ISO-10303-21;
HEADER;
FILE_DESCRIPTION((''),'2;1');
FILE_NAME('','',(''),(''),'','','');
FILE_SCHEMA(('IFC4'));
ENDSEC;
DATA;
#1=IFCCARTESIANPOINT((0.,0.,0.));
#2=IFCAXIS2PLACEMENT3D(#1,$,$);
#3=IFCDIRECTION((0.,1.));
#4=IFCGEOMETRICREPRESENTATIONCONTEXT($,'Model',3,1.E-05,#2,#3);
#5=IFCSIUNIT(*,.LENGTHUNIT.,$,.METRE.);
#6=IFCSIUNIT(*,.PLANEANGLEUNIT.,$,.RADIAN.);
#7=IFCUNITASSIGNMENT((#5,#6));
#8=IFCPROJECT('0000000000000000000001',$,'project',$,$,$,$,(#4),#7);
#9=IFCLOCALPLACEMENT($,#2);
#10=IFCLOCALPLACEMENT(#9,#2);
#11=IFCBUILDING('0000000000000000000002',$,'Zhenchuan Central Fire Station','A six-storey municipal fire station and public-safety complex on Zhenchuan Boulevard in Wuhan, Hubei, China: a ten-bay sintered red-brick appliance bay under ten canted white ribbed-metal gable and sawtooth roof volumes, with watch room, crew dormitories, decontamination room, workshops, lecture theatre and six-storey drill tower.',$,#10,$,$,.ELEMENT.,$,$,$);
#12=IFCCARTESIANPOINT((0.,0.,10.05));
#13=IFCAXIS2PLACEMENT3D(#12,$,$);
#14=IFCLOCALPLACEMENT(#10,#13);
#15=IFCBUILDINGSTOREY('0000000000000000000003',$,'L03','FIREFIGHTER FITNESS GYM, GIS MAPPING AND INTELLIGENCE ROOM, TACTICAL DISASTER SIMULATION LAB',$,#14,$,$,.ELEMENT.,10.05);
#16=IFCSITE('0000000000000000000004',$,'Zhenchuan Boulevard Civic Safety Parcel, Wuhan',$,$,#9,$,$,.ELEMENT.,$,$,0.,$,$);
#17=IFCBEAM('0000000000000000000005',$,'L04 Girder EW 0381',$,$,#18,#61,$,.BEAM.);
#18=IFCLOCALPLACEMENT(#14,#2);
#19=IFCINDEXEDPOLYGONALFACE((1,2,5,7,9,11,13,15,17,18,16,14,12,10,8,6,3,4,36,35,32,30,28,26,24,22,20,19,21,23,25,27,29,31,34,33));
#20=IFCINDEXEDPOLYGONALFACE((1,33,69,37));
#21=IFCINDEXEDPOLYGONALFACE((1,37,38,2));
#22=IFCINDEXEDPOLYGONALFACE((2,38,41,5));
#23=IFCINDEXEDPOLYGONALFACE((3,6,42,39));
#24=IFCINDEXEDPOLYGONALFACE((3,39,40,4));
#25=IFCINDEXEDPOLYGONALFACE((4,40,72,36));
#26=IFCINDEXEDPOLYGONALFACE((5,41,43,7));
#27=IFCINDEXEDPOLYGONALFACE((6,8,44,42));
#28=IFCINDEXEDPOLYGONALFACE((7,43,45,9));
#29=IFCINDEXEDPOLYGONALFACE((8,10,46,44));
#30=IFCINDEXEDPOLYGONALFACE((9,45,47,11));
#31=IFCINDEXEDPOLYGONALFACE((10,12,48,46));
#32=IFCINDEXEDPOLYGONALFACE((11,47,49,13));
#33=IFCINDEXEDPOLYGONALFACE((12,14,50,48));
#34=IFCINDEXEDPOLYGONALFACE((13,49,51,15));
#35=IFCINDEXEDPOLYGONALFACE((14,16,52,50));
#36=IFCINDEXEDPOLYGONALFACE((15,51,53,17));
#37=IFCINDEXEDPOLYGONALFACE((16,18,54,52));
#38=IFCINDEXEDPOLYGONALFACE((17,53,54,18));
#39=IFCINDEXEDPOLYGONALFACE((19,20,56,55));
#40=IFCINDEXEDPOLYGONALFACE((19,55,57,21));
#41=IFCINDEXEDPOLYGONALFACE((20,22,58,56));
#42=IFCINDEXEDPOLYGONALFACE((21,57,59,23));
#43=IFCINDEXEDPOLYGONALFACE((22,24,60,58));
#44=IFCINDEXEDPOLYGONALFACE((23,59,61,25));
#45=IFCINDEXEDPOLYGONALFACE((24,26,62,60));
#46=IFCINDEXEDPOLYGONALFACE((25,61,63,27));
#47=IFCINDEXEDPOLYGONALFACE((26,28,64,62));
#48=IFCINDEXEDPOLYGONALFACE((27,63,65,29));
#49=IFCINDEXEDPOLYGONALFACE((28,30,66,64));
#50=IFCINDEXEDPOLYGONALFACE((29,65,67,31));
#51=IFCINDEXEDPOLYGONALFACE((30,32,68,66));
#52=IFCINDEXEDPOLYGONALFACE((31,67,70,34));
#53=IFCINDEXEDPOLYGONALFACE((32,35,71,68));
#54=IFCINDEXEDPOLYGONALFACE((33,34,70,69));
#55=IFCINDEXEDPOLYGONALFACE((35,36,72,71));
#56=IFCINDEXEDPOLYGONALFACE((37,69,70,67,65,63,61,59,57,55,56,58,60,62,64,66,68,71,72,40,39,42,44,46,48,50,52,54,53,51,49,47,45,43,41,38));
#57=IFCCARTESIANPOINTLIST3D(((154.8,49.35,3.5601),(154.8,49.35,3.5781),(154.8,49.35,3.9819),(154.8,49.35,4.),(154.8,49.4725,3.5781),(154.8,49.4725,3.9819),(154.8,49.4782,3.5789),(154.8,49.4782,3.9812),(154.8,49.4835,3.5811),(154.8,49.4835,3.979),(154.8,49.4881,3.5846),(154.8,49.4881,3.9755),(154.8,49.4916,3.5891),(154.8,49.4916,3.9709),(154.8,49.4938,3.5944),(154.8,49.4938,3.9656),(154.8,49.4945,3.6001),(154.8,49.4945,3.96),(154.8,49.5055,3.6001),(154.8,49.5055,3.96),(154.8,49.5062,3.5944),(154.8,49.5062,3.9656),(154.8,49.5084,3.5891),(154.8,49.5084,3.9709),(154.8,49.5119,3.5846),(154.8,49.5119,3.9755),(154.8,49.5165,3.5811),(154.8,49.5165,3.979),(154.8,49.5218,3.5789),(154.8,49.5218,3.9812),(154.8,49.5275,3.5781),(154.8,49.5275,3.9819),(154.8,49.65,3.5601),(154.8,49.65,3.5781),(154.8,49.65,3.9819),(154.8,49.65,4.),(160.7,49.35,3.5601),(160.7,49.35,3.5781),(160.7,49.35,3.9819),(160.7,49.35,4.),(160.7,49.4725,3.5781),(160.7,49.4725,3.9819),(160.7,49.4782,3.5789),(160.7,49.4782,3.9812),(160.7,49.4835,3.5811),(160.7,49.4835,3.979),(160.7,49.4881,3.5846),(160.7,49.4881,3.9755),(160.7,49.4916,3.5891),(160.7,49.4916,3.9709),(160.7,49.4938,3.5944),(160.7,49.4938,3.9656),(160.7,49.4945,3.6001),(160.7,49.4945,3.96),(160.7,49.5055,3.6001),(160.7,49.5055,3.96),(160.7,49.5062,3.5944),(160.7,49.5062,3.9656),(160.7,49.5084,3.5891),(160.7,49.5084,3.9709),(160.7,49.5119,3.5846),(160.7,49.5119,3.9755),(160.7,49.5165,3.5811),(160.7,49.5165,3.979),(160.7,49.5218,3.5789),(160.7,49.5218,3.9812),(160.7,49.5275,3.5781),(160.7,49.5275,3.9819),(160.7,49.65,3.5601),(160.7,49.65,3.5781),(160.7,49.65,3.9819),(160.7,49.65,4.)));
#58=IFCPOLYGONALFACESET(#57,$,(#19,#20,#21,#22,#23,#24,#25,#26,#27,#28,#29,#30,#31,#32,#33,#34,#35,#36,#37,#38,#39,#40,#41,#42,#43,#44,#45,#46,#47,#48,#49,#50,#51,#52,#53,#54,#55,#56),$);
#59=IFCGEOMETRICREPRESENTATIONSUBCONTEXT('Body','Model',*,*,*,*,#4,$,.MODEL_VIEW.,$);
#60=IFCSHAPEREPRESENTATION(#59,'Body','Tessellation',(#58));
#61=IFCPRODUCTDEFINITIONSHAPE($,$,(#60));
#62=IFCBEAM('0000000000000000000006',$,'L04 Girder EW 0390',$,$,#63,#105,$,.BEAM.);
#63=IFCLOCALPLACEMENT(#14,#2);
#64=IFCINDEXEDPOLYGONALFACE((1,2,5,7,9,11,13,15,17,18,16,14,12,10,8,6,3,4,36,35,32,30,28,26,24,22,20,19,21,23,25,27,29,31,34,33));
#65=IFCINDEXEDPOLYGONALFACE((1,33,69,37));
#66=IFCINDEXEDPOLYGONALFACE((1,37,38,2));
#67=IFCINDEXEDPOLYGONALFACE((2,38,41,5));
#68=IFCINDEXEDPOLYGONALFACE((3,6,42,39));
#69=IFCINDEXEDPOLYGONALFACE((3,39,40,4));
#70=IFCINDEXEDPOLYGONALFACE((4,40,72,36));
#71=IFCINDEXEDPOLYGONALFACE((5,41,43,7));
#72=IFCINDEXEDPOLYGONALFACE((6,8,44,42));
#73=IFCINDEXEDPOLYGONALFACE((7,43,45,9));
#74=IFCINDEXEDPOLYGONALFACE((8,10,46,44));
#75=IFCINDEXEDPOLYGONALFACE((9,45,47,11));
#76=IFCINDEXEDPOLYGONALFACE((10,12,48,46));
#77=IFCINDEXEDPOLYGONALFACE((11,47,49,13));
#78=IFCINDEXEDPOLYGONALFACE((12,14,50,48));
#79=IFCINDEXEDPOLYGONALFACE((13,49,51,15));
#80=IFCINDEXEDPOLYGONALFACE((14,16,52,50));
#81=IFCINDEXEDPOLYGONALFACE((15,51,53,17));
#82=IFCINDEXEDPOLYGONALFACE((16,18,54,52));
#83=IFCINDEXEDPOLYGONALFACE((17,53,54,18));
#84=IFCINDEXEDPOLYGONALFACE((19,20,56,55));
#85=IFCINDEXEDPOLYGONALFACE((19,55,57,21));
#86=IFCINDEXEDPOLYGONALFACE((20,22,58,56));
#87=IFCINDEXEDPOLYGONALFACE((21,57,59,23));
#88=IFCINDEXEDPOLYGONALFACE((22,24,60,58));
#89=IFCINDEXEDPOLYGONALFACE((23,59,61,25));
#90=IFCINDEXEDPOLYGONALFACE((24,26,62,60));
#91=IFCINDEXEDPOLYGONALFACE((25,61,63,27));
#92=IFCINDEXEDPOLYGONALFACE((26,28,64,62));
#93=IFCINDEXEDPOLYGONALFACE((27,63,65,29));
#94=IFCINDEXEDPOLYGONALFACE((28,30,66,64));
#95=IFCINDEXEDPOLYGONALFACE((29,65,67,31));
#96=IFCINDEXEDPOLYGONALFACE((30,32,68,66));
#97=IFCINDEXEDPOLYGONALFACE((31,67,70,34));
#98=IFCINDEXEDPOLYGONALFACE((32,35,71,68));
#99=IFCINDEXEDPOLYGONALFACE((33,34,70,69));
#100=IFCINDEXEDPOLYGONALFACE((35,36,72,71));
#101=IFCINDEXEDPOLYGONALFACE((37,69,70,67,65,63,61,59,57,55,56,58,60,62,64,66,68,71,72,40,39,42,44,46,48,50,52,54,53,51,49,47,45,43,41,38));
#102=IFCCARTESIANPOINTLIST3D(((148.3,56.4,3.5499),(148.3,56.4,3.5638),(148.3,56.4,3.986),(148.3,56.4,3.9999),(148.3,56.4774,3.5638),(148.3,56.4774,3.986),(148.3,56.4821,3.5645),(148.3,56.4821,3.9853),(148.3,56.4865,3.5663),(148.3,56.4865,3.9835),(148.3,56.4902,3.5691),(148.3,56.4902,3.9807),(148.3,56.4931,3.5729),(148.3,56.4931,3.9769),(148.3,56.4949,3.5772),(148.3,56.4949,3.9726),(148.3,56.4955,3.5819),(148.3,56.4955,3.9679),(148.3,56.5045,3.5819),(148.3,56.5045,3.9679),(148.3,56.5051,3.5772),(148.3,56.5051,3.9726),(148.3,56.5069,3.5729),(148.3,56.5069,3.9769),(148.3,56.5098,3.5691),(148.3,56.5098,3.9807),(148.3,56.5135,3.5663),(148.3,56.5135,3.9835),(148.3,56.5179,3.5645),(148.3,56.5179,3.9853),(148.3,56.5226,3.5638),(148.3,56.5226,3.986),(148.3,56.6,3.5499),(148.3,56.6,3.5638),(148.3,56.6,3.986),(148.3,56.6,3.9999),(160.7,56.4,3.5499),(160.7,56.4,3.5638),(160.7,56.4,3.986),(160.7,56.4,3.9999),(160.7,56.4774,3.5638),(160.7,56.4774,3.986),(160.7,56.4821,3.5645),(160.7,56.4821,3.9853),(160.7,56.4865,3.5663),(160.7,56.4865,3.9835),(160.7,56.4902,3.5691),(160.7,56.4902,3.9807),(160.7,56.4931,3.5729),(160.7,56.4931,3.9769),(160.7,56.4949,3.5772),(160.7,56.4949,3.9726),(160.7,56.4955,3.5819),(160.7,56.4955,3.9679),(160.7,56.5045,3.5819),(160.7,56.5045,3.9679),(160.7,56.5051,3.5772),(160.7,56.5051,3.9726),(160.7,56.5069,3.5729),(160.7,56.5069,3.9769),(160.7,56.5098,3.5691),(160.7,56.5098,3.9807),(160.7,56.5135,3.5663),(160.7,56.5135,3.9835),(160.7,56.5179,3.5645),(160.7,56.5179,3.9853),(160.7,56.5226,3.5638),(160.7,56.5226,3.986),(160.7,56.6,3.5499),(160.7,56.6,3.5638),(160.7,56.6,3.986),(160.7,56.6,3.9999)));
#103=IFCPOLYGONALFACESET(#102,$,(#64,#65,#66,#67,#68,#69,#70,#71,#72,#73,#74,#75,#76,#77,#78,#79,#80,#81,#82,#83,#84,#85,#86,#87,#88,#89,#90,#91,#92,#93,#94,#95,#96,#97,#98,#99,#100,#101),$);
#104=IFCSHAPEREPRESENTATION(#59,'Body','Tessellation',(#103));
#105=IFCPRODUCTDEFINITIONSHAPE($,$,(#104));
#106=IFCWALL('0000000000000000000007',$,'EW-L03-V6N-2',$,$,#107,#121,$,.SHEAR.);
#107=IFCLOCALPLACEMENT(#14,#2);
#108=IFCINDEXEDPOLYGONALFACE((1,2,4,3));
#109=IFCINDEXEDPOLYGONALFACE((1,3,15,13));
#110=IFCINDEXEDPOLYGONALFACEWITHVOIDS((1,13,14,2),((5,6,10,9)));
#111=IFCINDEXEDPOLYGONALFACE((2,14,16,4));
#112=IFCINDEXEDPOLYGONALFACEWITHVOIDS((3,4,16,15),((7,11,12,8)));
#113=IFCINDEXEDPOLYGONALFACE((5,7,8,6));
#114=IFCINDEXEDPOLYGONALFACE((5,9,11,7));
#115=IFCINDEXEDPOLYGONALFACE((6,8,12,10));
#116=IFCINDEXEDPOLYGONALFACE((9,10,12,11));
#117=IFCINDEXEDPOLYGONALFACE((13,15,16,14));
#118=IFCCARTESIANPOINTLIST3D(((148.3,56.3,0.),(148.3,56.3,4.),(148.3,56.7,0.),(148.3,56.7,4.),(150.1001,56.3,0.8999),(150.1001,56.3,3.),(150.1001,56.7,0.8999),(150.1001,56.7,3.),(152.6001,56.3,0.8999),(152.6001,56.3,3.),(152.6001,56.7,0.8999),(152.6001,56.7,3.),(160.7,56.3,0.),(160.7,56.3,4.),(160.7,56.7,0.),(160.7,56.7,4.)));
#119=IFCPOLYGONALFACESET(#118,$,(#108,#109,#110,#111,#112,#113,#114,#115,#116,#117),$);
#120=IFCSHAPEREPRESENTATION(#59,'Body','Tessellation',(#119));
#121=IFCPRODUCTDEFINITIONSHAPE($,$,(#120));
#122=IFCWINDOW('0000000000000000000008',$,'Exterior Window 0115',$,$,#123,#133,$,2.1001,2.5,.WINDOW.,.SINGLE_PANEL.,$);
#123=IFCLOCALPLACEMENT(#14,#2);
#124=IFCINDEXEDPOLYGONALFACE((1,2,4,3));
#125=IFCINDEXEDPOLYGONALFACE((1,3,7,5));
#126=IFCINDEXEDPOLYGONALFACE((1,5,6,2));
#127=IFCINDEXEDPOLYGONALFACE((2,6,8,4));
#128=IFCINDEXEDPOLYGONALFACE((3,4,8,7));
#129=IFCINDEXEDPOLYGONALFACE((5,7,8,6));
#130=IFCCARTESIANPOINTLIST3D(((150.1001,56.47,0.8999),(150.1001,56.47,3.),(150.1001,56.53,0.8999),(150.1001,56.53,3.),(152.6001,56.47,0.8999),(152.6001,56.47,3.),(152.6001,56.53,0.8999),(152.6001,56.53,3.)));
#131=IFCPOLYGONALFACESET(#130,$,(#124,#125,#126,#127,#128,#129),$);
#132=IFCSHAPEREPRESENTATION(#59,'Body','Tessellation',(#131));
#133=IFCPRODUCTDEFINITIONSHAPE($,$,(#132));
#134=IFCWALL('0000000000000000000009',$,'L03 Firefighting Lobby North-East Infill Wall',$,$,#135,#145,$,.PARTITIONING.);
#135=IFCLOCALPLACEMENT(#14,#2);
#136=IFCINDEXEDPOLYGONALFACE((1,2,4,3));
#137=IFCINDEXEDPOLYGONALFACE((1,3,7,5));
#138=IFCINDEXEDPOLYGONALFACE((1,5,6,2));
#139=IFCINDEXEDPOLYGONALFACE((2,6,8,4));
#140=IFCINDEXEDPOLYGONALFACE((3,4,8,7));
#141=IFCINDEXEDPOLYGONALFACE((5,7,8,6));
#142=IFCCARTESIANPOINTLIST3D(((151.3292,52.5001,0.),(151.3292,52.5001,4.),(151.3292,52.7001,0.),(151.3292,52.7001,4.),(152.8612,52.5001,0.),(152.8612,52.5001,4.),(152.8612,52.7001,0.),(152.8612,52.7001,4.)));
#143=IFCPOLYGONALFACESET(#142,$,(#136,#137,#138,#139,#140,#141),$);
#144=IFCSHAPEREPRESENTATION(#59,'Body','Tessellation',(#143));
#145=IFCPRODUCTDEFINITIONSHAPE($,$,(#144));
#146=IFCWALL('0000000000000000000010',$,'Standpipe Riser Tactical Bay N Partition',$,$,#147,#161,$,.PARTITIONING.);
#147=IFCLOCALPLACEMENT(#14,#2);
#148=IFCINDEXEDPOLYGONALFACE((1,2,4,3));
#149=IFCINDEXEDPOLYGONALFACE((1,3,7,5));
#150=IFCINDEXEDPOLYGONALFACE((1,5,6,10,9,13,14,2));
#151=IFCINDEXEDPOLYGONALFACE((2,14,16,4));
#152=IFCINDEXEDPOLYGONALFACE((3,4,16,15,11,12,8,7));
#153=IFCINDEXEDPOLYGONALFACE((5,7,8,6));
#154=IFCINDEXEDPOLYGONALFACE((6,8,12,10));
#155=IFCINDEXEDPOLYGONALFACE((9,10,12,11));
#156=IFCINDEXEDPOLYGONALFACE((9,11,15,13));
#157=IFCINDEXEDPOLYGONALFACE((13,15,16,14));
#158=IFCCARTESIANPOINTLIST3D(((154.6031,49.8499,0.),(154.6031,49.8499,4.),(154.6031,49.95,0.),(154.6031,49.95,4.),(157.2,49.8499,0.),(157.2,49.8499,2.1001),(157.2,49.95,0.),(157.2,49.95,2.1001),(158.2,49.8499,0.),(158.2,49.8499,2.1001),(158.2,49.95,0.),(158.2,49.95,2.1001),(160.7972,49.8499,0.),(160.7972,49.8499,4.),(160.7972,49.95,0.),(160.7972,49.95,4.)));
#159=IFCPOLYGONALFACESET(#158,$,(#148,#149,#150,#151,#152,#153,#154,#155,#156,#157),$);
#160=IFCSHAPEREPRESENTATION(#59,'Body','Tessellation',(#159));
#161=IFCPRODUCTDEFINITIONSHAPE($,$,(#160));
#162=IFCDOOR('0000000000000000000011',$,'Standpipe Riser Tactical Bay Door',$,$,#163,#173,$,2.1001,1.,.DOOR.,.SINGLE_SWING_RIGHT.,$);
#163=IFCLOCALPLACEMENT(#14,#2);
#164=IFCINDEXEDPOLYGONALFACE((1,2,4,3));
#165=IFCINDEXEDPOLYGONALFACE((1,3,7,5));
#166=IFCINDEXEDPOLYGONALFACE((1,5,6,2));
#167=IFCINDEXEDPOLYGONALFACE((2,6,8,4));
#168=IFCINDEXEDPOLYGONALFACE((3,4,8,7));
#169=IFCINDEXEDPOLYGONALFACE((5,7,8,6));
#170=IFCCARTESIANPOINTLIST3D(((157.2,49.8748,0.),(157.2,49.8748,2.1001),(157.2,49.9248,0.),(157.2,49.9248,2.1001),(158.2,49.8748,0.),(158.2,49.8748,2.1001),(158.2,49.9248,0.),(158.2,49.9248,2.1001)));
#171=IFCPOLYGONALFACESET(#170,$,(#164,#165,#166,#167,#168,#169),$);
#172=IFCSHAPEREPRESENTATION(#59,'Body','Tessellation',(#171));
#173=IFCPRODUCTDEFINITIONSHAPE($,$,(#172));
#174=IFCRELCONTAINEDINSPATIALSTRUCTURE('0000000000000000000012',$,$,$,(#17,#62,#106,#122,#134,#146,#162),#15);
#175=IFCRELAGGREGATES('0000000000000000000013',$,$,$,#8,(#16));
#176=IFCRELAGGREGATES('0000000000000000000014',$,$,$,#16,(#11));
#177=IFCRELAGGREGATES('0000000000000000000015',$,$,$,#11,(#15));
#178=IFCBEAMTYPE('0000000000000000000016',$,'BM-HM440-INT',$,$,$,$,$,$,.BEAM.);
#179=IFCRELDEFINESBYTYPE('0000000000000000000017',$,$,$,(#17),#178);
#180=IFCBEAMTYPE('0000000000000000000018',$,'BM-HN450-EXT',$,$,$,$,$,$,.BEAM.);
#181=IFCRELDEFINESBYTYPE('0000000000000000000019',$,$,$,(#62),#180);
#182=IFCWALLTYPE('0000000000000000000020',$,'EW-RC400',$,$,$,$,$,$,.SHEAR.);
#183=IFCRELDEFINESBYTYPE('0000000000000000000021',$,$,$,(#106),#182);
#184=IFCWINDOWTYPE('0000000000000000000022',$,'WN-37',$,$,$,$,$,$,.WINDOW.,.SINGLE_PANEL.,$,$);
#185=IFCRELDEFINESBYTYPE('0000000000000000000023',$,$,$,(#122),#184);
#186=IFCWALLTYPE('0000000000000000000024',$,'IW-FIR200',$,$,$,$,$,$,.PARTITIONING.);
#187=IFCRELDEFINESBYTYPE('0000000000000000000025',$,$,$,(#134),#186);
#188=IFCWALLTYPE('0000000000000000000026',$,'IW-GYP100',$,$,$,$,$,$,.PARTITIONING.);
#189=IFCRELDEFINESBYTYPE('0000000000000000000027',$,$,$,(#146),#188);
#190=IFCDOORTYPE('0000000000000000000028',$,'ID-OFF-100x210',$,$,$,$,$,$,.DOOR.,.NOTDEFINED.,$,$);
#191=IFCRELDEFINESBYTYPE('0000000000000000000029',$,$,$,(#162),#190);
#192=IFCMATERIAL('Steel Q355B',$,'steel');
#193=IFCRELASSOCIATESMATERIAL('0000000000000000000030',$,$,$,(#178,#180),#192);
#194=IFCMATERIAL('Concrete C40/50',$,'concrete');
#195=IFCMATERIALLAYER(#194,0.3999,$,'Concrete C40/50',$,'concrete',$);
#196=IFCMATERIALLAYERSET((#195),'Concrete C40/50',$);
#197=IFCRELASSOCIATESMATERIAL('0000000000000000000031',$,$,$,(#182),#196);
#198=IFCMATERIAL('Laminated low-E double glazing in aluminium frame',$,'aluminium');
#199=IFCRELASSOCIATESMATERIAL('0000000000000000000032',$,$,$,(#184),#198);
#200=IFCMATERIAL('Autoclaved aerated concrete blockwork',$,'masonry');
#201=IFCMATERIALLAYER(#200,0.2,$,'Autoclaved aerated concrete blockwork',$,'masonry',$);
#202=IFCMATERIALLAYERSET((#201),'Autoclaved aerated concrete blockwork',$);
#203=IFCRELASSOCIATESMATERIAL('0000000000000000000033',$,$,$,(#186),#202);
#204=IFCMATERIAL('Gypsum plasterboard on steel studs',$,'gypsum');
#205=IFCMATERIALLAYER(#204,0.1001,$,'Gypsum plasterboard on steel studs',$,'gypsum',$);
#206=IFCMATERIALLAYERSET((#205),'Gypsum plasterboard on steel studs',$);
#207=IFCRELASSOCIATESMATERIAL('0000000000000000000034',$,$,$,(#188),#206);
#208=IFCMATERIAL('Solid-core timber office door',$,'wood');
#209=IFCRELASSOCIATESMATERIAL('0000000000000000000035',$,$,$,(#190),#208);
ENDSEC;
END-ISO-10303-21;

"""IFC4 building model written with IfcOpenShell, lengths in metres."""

from ifc_helpers import new_model, si_unit, direction, frame, frame_2d, origin, origin_2d, place, context, subcontext, project, spatial, rectangle, i_section, extrude, material, layer, layer_set, material_profile, profile_set, type_object, element, fill, save


model = new_model("IFC4")

# Units and contexts
model_context = context("Model", 3, precision=1e-05, world=origin(), true_north=direction((0.0, 1.0)))
body_context = subcontext(model_context, "Body", "Model", "MODEL_VIEW")
ifc_project = project(units=[si_unit("LENGTHUNIT", "METRE"), si_unit("PLANEANGLEUNIT", "RADIAN")], contexts=[model_context])

# Site, building, storey
site_placement = place(None, origin())
site = spatial("IfcSite", under=ifc_project, at=site_placement, Name="Zhenchuan Boulevard Civic Safety Parcel, Wuhan", CompositionType="ELEMENT", RefElevation=0.0)
building_placement = place(site_placement, origin())
building = spatial("IfcBuilding", under=site, at=building_placement, Name="Zhenchuan Central Fire Station", Description="A six-storey municipal fire station and public-safety complex on Zhenchuan Boulevard in Wuhan, Hubei, China: a ten-bay sintered red-brick appliance bay under ten canted white ribbed-metal gable and sawtooth roof volumes, with watch room, crew dormitories, decontamination room, workshops, lecture theatre and six-storey drill tower.", CompositionType="ELEMENT")
storey_placement = place(building_placement, frame((0.0, 0.0, 10.05)))
storey = spatial("IfcBuildingStorey", under=building, at=storey_placement, Name="L03", Description="FIREFIGHTER FITNESS GYM, GIS MAPPING AND INTELLIGENCE ROOM, TACTICAL DISASTER SIMULATION LAB", CompositionType="ELEMENT", Elevation=10.05)

# Beams
ifc_material_1 = material(Name="Steel Q355B", Category="steel")
ifc_material_profile_1 = material_profile(ifc_material_1, i_section(OverallWidth=0.3, OverallDepth=0.4399, WebThickness=0.011, FlangeThickness=0.0181, FilletRadius=0.022, at=origin_2d()), Name="HM 440x300")
ifc_profile_set_1 = profile_set([ifc_material_profile_1], Name="Steel Q355B")
beam_type_1 = type_object("IfcBeamType", Name="BM-HM440-INT", PredefinedType="BEAM", material=ifc_profile_set_1)
beam_1_placement = place(storey_placement, frame((154.8, 49.5, 3.78), z_axis=(1.0, 0.0, 0.0), x_axis=(0.0, 1.0, 0.0)))
element("IfcBeam", 1, at=beam_1_placement, inside=storey, type_object=beam_type_1, Name="L04 Girder EW 0381", PredefinedType="BEAM", context=body_context, shape_type="SweptSolid", body=[
    extrude(i_section(OverallWidth=0.3, OverallDepth=0.4399, WebThickness=0.011, FlangeThickness=0.0181, FilletRadius=0.022, at=origin_2d()), origin(), (0.0, 0.0, 1.0), 5.8999),
])
ifc_material_profile_2 = material_profile(ifc_material_1, i_section(OverallWidth=0.2, OverallDepth=0.45, WebThickness=0.009, FlangeThickness=0.0139, FilletRadius=0.0181, at=origin_2d()), Name="HN 450x200")
ifc_profile_set_2 = profile_set([ifc_material_profile_2], Name="Steel Q355B")
beam_type_2 = type_object("IfcBeamType", Name="BM-HN450-EXT", PredefinedType="BEAM", material=ifc_profile_set_2)
beam_2_placement = place(storey_placement, frame((148.3, 56.5, 3.7749), z_axis=(1.0, 0.0, 0.0), x_axis=(0.0, 1.0, 0.0)))
element("IfcBeam", 2, at=beam_2_placement, inside=storey, type_object=beam_type_2, Name="L04 Girder EW 0390", PredefinedType="BEAM", context=body_context, shape_type="SweptSolid", body=[
    extrude(i_section(OverallWidth=0.2, OverallDepth=0.45, WebThickness=0.009, FlangeThickness=0.0139, FilletRadius=0.0181, at=origin_2d()), origin(), (0.0, 0.0, 1.0), 12.3999),
])

# Wall, opening, window
ifc_material_2 = material(Name="Concrete C40/50", Category="concrete")
ifc_layer_1 = layer(ifc_material_2, 0.3999, Name="Concrete C40/50", Category="concrete")
ifc_layer_set_1 = layer_set([ifc_layer_1], Name="Concrete C40/50")
wall_type_1 = type_object("IfcWallType", Name="EW-RC400", PredefinedType="SHEAR", material=ifc_layer_set_1)
wall_1_placement = place(storey_placement, frame((148.3, 56.5, 0.0), z_axis=(0.0, 0.0, 1.0), x_axis=(1.0, 0.0, 0.0)))
wall_1 = element("IfcWall", 3, at=wall_1_placement, inside=storey, type_object=wall_type_1, Name="EW-L03-V6N-2", PredefinedType="SHEAR", context=body_context, shape_type="SweptSolid", body=[
    extrude(rectangle(XDim=12.3999, YDim=0.3999, at=frame_2d((6.2, 0.0))), origin(), (0.0, 0.0, 1.0), 4.0),
])
opening_1_placement = place(wall_1_placement, frame((1.8, 0.0, 0.8999)))
opening_1 = element("IfcOpeningElement", 4, at=opening_1_placement, cuts=wall_1, PredefinedType="OPENING", context=body_context, shape_type="SweptSolid", body=[
    extrude(rectangle(XDim=2.5, YDim=2.1001, at=frame_2d((1.25, 1.05))), frame((0.0, 0.21, 0.0), z_axis=(0.0, -1.0, 0.0), x_axis=(1.0, 0.0, 0.0)), (0.0, 0.0, 1.0), 0.4199),
])
ifc_material_3 = material(Name="Laminated low-E double glazing in aluminium frame", Category="aluminium")
window_type = type_object("IfcWindowType", Name="WN-37", PartitioningType="SINGLE_PANEL", PredefinedType="WINDOW", material=ifc_material_3)
window_placement = place(opening_1_placement, origin())
window = element("IfcWindow", 5, at=window_placement, inside=storey, type_object=window_type, Name="Exterior Window 0115", OverallHeight=2.1001, OverallWidth=2.5, PartitioningType="SINGLE_PANEL", PredefinedType="WINDOW", context=body_context, shape_type="SweptSolid", body=[
    extrude(rectangle(XDim=2.5, YDim=2.1001, at=frame_2d((1.25, 1.05))), frame((0.0, 0.03, 0.0), z_axis=(0.0, -1.0, 0.0), x_axis=(1.0, 0.0, 0.0)), (0.0, 0.0, 1.0), 0.0601),
])
fill(opening_1, window)

# Wall
ifc_material_4 = material(Name="Autoclaved aerated concrete blockwork", Category="masonry")
ifc_layer_2 = layer(ifc_material_4, 0.2, Name="Autoclaved aerated concrete blockwork", Category="masonry")
ifc_layer_set_2 = layer_set([ifc_layer_2], Name="Autoclaved aerated concrete blockwork")
wall_type_2 = type_object("IfcWallType", Name="IW-FIR200", PredefinedType="PARTITIONING", material=ifc_layer_set_2)
wall_2_placement = place(storey_placement, frame((151.3291, 52.6001, 0.0), z_axis=(0.0, 0.0, 1.0), x_axis=(1.0, 0.0, 0.0)))
element("IfcWall", 6, at=wall_2_placement, inside=storey, type_object=wall_type_2, Name="L03 Firefighting Lobby North-East Infill Wall", PredefinedType="PARTITIONING", context=body_context, shape_type="SweptSolid", body=[
    extrude(rectangle(XDim=1.532, YDim=0.2, at=frame_2d((0.7661, 0.0))), origin(), (0.0, 0.0, 1.0), 4.0),
])

# Wall, opening, door
ifc_material_5 = material(Name="Gypsum plasterboard on steel studs", Category="gypsum")
ifc_layer_3 = layer(ifc_material_5, 0.1001, Name="Gypsum plasterboard on steel studs", Category="gypsum")
ifc_layer_set_3 = layer_set([ifc_layer_3], Name="Gypsum plasterboard on steel studs")
wall_type_3 = type_object("IfcWallType", Name="IW-GYP100", PredefinedType="PARTITIONING", material=ifc_layer_set_3)
wall_3_placement = place(storey_placement, frame((154.603, 49.8999, 0.0), z_axis=(0.0, 0.0, 1.0), x_axis=(1.0, 0.0, 0.0)))
wall_3 = element("IfcWall", 7, at=wall_3_placement, inside=storey, type_object=wall_type_3, Name="Standpipe Riser Tactical Bay N Partition", PredefinedType="PARTITIONING", context=body_context, shape_type="SweptSolid", body=[
    extrude(rectangle(XDim=6.1941, YDim=0.1001, at=frame_2d((3.0972, 0.0))), origin(), (0.0, 0.0, 1.0), 4.0),
])
opening_2_placement = place(wall_3_placement, frame((2.5969, 0.0, 0.0)))
opening_2 = element("IfcOpeningElement", 8, at=opening_2_placement, cuts=wall_3, PredefinedType="OPENING", context=body_context, shape_type="SweptSolid", body=[
    extrude(rectangle(XDim=1.0, YDim=2.1001, at=frame_2d((0.5, 1.05))), frame((0.0, 0.0601, 0.0), z_axis=(0.0, -1.0, 0.0), x_axis=(1.0, 0.0, 0.0)), (0.0, 0.0, 1.0), 0.1201),
])
ifc_material_6 = material(Name="Solid-core timber office door", Category="wood")
door_type_1 = type_object("IfcDoorType", Name="ID-OFF-100x210", OperationType="NOTDEFINED", PredefinedType="DOOR", material=ifc_material_6)
door_1_placement = place(opening_2_placement, origin())
door_1 = element("IfcDoor", 9, at=door_1_placement, inside=storey, type_object=door_type_1, Name="Standpipe Riser Tactical Bay Door", OperationType="SINGLE_SWING_RIGHT", OverallHeight=2.1001, OverallWidth=1.0, PredefinedType="DOOR", context=body_context, shape_type="SweptSolid", body=[
    extrude(rectangle(XDim=1.0, YDim=2.1001, at=frame_2d((0.5, 1.05))), frame((0.0, 0.0249, 0.0), z_axis=(0.0, -1.0, 0.0), x_axis=(1.0, 0.0, 0.0)), (0.0, 0.0, 1.0), 0.05),
])
fill(opening_2, door_1)

save(model, "model.ifc")
